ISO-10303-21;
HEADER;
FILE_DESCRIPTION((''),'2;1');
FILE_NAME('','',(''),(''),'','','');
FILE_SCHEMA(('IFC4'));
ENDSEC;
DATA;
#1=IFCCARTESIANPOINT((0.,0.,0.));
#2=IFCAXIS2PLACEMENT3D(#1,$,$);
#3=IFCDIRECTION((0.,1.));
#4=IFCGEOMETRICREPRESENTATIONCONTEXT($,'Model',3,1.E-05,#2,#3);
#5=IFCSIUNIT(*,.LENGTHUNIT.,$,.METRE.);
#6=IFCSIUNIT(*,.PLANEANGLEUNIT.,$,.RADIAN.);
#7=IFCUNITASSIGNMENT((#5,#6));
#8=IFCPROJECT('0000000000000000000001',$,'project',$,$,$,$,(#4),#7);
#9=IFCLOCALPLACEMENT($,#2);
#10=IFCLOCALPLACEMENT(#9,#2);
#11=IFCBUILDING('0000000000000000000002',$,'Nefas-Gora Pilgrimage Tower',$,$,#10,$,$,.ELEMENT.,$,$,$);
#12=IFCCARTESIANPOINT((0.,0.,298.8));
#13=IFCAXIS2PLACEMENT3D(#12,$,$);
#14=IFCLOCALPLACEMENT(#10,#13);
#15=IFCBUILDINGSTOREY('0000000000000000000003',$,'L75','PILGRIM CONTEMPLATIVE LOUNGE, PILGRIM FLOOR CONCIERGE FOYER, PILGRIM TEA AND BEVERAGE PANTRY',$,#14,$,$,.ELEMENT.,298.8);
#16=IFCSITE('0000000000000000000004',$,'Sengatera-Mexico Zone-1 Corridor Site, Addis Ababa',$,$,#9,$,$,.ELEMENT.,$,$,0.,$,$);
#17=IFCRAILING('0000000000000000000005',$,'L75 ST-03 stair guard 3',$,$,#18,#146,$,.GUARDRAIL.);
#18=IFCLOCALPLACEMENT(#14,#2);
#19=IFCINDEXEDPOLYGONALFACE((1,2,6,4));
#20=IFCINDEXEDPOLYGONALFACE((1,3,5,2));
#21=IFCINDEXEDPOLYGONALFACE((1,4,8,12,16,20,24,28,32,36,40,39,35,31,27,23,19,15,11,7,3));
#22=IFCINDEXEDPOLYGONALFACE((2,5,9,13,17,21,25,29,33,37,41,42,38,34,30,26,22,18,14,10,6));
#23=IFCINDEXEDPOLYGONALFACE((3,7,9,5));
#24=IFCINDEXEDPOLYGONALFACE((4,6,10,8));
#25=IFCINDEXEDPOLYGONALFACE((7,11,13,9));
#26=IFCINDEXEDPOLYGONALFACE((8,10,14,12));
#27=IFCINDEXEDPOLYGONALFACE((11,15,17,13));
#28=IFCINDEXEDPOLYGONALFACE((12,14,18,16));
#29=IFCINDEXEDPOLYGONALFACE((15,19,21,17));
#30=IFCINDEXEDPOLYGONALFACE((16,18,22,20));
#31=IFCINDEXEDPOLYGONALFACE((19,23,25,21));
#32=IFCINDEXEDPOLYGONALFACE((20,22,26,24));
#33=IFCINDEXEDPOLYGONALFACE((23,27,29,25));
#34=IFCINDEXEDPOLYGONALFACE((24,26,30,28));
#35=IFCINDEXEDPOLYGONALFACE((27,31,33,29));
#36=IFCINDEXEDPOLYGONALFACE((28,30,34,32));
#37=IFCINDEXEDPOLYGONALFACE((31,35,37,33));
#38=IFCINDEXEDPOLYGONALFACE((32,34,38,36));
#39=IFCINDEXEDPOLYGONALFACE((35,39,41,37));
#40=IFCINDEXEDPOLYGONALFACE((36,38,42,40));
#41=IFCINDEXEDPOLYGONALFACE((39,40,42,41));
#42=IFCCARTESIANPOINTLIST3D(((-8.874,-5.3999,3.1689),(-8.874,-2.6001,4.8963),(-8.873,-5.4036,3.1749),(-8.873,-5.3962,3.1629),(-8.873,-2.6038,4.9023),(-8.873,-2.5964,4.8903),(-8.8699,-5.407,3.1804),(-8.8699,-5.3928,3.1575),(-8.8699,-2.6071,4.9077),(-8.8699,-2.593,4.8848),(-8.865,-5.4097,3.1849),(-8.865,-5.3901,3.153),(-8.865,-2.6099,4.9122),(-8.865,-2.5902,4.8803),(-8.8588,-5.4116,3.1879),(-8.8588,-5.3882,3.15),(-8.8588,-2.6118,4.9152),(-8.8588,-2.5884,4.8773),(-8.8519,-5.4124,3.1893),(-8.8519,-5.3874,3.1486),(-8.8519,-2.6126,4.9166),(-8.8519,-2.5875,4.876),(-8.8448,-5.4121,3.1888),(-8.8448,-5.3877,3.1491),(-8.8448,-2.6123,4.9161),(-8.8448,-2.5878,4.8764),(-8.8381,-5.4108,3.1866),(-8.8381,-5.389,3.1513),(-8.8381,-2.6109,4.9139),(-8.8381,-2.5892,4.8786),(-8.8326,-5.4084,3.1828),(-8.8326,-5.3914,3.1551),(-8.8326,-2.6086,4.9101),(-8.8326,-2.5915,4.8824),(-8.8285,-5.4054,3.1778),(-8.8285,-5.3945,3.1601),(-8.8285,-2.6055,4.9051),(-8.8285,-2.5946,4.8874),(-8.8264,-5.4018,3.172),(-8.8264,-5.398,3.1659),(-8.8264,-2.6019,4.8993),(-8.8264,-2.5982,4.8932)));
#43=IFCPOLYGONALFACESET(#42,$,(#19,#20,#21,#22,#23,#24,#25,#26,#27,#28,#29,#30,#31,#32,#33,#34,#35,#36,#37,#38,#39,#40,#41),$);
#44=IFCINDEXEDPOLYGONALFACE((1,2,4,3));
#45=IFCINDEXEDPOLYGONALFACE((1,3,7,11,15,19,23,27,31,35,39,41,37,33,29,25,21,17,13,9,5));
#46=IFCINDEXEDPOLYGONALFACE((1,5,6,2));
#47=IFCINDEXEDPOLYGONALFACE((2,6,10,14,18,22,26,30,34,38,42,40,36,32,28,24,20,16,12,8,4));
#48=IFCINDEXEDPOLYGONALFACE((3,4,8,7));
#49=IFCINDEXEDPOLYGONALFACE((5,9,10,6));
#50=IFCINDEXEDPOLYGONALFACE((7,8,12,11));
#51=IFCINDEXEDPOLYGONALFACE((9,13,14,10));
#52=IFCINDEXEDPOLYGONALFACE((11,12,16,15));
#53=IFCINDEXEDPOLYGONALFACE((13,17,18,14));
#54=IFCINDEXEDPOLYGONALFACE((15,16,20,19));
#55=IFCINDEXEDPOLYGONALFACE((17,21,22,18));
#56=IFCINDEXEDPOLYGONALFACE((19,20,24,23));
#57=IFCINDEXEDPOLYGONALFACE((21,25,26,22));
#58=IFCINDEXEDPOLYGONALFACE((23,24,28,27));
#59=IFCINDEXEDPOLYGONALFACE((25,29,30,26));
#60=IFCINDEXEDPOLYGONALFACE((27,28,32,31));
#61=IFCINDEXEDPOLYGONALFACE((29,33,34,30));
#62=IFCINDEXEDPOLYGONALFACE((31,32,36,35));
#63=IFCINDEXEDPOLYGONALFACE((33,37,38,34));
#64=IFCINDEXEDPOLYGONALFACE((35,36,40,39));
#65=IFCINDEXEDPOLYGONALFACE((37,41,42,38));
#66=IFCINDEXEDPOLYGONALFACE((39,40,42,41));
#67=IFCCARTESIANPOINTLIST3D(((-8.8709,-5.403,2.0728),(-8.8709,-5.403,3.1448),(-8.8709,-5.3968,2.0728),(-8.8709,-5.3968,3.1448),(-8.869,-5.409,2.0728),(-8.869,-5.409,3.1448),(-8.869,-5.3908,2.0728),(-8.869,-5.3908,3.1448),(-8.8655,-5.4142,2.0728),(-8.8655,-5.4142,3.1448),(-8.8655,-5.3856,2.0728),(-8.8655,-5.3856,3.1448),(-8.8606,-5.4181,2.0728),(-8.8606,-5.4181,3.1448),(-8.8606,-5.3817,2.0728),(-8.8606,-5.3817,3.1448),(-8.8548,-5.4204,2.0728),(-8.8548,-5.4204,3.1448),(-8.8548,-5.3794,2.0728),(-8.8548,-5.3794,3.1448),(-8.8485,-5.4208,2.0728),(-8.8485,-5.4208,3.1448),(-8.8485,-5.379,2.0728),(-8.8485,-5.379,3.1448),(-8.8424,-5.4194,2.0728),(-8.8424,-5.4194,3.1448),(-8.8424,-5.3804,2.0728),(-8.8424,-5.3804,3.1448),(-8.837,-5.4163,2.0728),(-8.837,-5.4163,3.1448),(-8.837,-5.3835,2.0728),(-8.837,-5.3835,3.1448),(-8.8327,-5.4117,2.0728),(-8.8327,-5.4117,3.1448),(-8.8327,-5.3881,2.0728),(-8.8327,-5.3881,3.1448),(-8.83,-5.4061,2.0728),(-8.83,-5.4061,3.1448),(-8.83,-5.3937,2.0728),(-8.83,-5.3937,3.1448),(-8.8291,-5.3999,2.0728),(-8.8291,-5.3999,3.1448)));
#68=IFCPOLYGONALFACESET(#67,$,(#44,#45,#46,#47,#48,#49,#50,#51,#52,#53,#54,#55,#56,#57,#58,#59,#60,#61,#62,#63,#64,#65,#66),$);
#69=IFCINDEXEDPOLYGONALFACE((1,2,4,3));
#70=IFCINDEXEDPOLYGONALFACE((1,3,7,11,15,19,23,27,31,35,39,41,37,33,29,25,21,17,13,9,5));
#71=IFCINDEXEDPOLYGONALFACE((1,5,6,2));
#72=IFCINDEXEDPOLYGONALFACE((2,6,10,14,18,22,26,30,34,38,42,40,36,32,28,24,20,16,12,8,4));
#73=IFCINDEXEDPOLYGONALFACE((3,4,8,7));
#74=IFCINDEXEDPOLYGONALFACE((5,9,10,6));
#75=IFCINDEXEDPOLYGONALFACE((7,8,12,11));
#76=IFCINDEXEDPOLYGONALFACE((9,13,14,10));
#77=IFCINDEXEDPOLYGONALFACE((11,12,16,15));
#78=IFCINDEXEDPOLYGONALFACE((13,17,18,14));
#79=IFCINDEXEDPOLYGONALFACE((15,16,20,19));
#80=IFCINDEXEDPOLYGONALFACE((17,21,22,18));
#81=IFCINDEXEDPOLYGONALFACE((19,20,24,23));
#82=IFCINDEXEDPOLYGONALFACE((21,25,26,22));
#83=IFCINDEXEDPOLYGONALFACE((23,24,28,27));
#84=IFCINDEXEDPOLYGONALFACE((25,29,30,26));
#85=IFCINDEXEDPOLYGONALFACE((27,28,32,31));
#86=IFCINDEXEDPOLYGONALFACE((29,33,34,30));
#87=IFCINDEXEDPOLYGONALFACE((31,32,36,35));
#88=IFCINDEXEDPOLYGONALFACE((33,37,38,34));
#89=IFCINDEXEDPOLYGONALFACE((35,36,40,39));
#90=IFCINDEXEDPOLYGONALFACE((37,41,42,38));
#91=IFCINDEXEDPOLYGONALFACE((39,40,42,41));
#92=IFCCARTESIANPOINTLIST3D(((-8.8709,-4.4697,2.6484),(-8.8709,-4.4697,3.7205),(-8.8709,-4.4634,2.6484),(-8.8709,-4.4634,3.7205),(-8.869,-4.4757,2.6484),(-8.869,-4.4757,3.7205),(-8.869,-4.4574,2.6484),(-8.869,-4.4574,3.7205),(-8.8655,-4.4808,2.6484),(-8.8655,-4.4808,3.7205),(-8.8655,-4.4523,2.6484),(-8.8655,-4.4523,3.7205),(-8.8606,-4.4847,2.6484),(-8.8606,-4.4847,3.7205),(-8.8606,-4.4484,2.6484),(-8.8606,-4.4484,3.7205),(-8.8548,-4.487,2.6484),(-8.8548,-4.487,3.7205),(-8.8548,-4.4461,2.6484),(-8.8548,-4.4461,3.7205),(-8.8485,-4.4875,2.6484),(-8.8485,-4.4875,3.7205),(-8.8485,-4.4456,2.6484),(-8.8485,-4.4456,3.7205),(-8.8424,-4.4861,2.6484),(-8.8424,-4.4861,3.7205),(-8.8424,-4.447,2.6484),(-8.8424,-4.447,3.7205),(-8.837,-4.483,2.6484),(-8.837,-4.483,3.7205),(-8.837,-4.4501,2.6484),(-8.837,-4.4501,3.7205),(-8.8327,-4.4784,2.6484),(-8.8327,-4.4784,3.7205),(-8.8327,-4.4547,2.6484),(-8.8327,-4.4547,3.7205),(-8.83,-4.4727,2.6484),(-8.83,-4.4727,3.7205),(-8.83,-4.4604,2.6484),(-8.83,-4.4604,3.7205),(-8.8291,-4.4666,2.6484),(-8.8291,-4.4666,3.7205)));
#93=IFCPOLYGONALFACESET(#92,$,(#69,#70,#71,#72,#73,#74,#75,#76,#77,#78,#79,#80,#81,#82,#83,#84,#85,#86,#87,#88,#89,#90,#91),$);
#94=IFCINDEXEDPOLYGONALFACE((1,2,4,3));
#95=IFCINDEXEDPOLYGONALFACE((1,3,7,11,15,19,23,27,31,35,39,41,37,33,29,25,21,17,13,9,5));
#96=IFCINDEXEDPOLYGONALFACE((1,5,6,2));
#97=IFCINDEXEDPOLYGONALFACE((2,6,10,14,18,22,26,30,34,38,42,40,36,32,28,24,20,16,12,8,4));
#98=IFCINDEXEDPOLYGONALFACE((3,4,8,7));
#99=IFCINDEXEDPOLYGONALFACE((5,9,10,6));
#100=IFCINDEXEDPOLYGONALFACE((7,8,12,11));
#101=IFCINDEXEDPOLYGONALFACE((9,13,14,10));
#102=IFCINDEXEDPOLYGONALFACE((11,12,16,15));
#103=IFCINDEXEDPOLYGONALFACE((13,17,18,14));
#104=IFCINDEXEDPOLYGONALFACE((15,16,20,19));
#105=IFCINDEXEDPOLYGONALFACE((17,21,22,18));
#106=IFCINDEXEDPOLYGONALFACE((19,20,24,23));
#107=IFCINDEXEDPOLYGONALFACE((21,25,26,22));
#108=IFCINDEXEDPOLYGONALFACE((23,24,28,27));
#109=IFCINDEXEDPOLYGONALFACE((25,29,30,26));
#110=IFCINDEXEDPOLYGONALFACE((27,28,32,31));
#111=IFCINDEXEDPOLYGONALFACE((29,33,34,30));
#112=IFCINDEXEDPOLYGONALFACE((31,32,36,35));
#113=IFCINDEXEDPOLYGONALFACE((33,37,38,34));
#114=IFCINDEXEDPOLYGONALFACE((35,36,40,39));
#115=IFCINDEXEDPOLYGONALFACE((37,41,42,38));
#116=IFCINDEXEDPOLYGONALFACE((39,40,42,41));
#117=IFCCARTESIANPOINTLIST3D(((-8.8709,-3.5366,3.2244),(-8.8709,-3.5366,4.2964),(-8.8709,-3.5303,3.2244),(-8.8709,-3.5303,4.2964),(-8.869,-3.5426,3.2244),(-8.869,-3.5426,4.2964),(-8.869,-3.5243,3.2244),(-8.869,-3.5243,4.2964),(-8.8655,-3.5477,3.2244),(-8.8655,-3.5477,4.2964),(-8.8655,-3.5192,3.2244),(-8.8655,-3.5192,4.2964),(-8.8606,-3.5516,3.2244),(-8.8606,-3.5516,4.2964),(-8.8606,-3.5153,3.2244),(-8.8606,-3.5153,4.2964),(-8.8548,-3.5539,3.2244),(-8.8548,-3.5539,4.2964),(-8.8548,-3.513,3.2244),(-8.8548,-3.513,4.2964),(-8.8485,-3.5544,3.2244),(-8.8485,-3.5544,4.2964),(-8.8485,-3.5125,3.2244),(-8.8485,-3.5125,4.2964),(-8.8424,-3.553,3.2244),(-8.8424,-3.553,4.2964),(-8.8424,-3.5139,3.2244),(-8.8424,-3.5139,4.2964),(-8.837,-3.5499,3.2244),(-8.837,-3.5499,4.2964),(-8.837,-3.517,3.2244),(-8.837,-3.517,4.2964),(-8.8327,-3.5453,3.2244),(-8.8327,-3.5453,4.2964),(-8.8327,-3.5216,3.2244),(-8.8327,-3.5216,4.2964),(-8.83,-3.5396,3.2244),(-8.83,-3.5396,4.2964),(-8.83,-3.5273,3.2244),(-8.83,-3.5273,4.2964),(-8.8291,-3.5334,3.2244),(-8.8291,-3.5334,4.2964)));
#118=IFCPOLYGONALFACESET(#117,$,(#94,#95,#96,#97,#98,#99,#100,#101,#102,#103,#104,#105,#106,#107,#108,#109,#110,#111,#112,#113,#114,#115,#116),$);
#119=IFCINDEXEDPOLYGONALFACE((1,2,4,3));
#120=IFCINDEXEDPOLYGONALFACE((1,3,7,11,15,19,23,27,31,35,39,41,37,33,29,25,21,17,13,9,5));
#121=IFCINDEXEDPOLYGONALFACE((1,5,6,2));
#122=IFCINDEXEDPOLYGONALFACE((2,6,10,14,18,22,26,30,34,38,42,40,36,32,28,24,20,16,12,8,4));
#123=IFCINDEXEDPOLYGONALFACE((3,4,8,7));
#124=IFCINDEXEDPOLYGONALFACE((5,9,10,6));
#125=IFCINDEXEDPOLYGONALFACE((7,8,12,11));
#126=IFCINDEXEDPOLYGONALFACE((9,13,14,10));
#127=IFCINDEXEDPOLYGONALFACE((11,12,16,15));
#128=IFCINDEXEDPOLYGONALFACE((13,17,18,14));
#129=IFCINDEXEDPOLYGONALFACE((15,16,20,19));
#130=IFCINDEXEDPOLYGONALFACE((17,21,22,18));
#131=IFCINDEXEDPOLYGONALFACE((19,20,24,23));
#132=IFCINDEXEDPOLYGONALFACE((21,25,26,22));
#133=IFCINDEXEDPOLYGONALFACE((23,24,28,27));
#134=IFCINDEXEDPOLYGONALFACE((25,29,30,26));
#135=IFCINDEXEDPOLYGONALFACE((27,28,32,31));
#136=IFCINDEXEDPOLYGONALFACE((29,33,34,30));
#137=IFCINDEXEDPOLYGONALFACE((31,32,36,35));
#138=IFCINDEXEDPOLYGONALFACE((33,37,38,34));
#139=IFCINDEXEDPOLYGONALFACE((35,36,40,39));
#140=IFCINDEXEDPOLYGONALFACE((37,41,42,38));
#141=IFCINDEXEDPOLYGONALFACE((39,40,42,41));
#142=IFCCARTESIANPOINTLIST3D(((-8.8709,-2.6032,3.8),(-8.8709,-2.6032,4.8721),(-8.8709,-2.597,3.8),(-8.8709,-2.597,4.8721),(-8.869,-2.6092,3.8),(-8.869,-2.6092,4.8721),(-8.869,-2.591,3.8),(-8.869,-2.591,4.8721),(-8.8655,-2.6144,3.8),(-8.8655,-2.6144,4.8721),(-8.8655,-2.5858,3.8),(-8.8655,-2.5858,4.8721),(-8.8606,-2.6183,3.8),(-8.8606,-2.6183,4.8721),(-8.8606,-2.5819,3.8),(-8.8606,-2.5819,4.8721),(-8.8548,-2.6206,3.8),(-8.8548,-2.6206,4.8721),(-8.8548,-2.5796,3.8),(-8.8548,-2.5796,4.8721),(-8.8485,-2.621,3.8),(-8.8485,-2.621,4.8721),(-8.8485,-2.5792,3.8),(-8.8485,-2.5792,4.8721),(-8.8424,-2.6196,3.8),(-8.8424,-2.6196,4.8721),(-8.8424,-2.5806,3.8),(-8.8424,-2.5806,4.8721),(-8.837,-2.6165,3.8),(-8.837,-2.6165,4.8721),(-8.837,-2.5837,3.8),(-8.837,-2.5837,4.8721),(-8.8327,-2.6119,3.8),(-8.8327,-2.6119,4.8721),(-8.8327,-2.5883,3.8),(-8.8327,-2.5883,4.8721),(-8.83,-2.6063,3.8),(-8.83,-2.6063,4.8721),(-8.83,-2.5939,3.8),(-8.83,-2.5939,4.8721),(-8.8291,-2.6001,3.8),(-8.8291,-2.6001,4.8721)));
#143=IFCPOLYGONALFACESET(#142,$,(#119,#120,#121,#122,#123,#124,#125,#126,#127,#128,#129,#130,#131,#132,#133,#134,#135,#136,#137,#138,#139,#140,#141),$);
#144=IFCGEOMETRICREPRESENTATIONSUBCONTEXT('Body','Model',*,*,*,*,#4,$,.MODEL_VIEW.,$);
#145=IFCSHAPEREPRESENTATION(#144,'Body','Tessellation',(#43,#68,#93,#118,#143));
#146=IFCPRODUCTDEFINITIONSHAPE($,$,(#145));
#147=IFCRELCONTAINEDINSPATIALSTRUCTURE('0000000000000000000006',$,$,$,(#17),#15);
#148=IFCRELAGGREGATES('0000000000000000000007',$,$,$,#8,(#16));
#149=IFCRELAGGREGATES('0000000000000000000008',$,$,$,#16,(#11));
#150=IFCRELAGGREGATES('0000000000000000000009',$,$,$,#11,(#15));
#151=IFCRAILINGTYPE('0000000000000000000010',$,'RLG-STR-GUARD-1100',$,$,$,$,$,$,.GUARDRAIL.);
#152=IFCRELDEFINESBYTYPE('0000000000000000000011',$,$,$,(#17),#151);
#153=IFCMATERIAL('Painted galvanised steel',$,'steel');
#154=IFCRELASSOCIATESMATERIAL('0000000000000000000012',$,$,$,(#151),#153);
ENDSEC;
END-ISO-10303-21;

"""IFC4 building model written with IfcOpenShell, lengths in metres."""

from ifc_helpers import new_model, si_unit, direction, frame, origin, origin_2d, place, context, subcontext, project, spatial, circle, extrude, material, type_object, element, save


model = new_model("IFC4")

# Units and contexts
model_context = context("Model", 3, precision=1e-05, world=origin(), true_north=direction((0.0, 1.0)))
body_context = subcontext(model_context, "Body", "Model", "MODEL_VIEW")
ifc_project = project(units=[si_unit("LENGTHUNIT", "METRE"), si_unit("PLANEANGLEUNIT", "RADIAN")], contexts=[model_context])

# Site, building, storey
site_placement = place(None, origin())
site = spatial("IfcSite", under=ifc_project, at=site_placement, Name="Sengatera-Mexico Zone-1 Corridor Site, Addis Ababa", CompositionType="ELEMENT", RefElevation=0.0)
building_placement = place(site_placement, origin())
building = spatial("IfcBuilding", under=site, at=building_placement, Name="Nefas-Gora Pilgrimage Tower", CompositionType="ELEMENT")
storey_placement = place(building_placement, frame((0.0, 0.0, 298.8)))
storey = spatial("IfcBuildingStorey", under=building, at=storey_placement, Name="L75", Description="PILGRIM CONTEMPLATIVE LOUNGE, PILGRIM FLOOR CONCIERGE FOYER, PILGRIM TEA AND BEVERAGE PANTRY", CompositionType="ELEMENT", Elevation=298.8)

# Railing
ifc_material_1 = material(Name="Painted galvanised steel", Category="steel")
railing_type_1 = type_object("IfcRailingType", Name="RLG-STR-GUARD-1100", PredefinedType="GUARDRAIL", material=ifc_material_1)
railing_1_placement = place(storey_placement, frame((-8.8501, -5.3999, 2.0728)))
element("IfcRailing", 1, at=railing_1_placement, inside=storey, type_object=railing_type_1, Name="L75 ST-03 stair guard 3", PredefinedType="GUARDRAIL", context=body_context, shape_type="SweptSolid", body=[
    extrude(circle(Radius=0.0239, at=origin_2d()), frame((0.0, 0.0, 1.0962), z_axis=(0.0, 0.851069, 0.525054), x_axis=(-1.0, 0.0, 0.0)), (0.0, 0.0, 1.0), 3.2898),
    extrude(circle(Radius=0.021, at=origin_2d()), origin(), (0.0, 0.0, 1.0), 1.072),
    extrude(circle(Radius=0.021, at=origin_2d()), frame((0.0, 0.9333, 0.5757)), (0.0, 0.0, 1.0), 1.072),
    extrude(circle(Radius=0.021, at=origin_2d()), frame((0.0, 1.8665, 1.1516)), (0.0, 0.0, 1.0), 1.072),
    extrude(circle(Radius=0.021, at=origin_2d()), frame((0.0, 2.7998, 1.7273)), (0.0, 0.0, 1.0), 1.072),
])

save(model, "model.ifc")
